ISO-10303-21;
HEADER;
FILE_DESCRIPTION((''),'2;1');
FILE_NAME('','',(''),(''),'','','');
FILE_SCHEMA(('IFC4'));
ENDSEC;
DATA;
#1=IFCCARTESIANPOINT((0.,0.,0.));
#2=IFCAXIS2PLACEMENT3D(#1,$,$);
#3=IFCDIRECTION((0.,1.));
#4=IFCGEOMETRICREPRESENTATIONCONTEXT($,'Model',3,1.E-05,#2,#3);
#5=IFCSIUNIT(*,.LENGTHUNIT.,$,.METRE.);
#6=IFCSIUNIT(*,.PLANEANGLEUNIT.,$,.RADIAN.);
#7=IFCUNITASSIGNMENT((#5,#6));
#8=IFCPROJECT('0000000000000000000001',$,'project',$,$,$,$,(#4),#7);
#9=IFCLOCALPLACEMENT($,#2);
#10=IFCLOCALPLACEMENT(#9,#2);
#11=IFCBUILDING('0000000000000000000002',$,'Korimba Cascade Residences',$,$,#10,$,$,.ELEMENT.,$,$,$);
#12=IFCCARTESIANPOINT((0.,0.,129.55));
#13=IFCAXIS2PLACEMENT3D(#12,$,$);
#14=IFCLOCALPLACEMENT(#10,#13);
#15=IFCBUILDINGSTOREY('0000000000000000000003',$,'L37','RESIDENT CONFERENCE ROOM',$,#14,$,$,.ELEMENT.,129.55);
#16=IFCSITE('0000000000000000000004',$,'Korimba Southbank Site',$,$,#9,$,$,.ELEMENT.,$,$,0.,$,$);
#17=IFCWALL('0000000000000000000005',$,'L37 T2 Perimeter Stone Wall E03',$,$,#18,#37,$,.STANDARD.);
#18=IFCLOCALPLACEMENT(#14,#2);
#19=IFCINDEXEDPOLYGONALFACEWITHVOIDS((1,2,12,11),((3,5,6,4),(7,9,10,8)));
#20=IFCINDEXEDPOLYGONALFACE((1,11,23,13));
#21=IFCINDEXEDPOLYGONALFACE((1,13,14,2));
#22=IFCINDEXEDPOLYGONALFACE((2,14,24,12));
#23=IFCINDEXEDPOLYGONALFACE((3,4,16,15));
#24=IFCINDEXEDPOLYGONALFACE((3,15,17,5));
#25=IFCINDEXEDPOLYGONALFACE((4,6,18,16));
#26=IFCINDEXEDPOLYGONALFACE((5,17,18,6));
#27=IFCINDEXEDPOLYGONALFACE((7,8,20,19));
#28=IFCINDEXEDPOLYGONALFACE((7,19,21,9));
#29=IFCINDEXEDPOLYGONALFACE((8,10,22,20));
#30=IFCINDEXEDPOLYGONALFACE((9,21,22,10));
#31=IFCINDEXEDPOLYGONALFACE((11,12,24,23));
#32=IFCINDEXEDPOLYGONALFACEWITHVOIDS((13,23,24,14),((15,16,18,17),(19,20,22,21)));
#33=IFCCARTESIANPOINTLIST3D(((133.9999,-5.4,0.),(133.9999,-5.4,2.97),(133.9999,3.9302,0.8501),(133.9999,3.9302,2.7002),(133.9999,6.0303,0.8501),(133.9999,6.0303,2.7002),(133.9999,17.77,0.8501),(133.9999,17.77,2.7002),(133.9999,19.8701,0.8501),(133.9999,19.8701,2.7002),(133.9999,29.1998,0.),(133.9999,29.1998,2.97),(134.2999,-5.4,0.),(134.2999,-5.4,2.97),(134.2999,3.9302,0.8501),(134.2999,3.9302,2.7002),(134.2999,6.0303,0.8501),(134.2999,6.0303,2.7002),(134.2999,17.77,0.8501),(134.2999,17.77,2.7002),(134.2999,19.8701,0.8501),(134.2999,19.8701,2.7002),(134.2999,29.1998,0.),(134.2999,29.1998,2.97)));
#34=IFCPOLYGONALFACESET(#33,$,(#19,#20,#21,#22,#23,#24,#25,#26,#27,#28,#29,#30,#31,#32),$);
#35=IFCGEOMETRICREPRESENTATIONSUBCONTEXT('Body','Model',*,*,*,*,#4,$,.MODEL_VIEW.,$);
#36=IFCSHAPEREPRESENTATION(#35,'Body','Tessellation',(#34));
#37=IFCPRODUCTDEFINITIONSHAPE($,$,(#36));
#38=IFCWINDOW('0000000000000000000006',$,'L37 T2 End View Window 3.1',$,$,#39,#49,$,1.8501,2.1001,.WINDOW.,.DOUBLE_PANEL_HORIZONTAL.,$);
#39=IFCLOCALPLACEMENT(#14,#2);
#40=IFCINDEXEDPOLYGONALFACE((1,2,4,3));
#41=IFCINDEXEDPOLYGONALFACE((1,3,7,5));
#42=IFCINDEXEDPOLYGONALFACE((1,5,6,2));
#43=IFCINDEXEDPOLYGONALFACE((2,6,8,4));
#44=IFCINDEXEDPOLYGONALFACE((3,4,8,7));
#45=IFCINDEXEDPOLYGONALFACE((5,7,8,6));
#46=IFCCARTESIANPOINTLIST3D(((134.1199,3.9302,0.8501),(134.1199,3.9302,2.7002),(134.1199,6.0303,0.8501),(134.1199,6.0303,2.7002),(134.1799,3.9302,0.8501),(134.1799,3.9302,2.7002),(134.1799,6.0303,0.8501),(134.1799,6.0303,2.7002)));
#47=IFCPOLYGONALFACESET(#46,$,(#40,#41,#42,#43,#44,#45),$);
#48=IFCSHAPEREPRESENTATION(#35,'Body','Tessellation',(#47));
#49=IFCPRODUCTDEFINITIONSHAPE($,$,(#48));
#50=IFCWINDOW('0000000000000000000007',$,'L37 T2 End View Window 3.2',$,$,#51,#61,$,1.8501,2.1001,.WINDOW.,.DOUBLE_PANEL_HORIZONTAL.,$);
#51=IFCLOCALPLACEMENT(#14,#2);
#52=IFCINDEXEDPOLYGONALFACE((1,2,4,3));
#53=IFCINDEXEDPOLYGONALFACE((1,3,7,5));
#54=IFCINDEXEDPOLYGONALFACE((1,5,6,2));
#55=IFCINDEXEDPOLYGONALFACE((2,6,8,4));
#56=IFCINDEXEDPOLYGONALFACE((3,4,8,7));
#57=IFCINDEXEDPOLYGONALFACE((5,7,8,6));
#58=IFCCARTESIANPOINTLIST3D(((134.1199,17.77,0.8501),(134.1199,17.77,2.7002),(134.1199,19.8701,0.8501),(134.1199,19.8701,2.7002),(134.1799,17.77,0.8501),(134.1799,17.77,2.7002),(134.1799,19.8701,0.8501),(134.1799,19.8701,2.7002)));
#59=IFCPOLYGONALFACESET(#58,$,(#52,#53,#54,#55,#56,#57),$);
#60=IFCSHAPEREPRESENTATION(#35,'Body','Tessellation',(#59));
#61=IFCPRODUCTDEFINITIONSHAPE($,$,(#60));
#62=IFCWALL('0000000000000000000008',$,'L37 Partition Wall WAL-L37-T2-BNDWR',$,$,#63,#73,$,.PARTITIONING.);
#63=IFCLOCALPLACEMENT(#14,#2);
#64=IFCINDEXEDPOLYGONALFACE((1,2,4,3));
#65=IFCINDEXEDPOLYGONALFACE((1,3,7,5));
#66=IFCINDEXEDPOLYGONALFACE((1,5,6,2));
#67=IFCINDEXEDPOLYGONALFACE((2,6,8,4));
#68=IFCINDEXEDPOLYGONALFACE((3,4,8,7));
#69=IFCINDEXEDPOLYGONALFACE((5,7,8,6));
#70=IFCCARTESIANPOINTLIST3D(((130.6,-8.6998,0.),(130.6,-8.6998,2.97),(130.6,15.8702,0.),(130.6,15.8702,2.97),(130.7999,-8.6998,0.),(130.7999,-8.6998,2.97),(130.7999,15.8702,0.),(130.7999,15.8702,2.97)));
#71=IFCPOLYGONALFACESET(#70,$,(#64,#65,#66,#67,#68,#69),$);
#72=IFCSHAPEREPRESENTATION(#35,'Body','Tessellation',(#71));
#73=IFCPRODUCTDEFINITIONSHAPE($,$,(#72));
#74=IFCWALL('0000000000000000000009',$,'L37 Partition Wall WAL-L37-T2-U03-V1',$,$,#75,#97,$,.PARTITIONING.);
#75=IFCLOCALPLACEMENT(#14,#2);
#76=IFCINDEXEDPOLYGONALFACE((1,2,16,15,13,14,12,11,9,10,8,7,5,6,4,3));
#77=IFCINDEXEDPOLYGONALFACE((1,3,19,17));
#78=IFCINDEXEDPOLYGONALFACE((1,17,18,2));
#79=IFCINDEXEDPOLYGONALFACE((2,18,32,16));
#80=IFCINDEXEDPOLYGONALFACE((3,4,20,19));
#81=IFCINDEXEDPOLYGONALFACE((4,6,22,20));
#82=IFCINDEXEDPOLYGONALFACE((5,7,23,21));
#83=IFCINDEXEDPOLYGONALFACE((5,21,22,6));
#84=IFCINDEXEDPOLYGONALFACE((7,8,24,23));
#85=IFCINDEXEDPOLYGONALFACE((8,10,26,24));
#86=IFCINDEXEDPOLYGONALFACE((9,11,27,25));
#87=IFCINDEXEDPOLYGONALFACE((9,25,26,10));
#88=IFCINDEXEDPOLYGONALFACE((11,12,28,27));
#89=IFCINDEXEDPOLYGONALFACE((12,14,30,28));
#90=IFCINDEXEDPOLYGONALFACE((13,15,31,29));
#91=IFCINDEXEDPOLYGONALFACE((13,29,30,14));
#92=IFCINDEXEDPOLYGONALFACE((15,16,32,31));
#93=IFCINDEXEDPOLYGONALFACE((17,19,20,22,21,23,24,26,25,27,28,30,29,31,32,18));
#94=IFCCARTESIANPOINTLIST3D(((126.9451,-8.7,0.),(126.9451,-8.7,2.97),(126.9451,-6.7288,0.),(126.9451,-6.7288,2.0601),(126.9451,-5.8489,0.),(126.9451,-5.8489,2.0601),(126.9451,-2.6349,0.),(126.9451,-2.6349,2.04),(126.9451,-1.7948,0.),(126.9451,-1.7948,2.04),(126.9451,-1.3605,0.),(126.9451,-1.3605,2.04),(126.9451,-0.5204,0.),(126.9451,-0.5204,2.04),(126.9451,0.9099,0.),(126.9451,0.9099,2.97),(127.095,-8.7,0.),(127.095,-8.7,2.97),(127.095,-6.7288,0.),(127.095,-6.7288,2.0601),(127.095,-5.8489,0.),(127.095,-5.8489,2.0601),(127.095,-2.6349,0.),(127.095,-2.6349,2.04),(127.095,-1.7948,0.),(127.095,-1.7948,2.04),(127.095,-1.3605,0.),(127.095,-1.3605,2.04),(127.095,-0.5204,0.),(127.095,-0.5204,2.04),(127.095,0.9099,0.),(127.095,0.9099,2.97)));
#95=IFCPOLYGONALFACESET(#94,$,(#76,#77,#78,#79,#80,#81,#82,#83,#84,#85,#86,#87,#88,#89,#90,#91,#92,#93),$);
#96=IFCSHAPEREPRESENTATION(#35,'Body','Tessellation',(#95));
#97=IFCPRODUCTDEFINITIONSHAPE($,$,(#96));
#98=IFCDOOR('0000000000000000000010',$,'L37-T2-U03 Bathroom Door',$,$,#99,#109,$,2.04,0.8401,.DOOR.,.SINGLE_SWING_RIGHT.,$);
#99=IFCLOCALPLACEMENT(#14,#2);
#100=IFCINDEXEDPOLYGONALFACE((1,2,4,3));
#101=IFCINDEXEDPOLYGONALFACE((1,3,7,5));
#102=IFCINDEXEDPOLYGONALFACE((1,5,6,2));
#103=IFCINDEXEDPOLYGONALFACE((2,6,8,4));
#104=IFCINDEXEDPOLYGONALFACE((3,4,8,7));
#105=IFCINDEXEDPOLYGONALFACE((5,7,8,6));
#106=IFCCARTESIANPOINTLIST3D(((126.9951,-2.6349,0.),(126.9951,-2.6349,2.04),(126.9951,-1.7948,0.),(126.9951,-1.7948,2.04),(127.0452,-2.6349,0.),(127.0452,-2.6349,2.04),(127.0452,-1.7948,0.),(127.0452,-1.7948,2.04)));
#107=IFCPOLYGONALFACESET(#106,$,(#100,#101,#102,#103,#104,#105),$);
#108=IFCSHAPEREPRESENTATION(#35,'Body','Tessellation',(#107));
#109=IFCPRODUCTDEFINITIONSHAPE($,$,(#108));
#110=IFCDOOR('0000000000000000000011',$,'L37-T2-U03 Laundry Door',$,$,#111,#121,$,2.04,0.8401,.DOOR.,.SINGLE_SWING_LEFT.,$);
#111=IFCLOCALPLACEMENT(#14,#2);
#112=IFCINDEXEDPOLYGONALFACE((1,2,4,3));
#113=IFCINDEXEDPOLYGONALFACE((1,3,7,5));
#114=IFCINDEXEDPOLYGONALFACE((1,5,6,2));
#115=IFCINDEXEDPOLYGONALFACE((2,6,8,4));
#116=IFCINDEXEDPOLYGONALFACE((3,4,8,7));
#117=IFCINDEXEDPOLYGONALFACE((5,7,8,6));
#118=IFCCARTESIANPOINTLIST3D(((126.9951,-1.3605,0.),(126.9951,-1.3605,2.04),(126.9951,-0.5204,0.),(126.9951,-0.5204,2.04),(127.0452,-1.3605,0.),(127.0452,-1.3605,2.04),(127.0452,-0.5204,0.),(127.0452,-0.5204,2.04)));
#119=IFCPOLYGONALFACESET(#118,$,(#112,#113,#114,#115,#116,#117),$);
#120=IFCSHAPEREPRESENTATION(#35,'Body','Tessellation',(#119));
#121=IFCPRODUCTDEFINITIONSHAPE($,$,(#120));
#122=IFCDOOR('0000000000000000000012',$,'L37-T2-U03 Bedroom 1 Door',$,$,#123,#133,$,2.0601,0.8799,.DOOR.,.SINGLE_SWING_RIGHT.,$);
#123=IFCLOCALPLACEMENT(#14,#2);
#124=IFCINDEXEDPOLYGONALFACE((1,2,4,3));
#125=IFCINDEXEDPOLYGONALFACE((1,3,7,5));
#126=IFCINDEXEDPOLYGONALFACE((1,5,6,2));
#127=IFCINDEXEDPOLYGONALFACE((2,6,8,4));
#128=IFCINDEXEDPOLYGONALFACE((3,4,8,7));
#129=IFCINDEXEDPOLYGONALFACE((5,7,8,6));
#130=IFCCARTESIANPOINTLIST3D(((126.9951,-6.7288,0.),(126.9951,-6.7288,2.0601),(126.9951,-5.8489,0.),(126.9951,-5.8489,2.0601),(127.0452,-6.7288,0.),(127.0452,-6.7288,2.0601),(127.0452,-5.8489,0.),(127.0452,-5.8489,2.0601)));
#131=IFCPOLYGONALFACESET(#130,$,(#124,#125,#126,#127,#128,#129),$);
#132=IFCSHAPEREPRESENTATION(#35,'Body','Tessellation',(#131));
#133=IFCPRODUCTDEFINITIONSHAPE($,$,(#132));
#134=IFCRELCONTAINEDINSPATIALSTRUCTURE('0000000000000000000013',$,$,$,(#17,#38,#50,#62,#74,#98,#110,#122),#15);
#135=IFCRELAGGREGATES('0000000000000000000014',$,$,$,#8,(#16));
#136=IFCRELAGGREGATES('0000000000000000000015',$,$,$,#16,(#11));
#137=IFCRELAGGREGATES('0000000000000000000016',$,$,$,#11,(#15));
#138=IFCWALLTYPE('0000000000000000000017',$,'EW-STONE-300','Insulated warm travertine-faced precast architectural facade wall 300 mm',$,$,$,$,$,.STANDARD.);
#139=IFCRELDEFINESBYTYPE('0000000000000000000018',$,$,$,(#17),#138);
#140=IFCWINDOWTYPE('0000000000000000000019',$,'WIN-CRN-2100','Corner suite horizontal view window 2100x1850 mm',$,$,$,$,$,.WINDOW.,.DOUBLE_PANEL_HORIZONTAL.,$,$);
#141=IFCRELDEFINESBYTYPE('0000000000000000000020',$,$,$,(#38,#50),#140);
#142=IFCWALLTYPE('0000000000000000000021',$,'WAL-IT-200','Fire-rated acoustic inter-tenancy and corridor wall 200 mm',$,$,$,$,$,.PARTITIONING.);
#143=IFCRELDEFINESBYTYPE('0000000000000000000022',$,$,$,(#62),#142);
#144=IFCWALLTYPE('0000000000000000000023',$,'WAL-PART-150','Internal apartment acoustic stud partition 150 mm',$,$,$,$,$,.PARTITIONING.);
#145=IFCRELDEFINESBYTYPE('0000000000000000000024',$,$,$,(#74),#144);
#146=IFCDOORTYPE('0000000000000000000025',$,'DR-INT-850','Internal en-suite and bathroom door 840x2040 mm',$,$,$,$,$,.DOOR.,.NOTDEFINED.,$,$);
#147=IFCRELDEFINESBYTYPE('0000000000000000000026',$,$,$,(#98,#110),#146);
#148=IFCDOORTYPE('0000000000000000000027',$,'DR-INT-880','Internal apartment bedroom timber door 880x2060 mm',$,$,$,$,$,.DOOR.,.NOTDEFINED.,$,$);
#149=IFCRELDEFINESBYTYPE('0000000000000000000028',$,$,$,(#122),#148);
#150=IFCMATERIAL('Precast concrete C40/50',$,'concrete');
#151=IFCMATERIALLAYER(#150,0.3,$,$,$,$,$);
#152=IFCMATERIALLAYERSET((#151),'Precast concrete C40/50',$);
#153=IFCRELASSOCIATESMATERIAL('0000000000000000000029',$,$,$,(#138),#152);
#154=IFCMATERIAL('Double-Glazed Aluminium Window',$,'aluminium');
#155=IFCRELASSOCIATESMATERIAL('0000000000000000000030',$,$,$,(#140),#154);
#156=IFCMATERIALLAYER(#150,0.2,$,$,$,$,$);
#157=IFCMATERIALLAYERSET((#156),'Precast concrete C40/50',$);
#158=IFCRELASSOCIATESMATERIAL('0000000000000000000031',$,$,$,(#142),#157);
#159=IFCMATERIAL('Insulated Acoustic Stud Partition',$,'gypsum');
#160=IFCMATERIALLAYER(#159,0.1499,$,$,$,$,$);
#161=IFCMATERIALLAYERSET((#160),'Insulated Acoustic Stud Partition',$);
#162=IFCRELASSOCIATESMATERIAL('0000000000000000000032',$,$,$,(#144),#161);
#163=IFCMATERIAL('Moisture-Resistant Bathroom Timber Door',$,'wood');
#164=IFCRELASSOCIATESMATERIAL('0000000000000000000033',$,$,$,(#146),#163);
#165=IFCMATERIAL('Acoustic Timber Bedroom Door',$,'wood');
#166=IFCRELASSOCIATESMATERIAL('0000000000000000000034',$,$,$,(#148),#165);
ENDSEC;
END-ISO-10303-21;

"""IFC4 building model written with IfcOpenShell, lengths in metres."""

from ifc_helpers import new_model, si_unit, direction, frame, frame_2d, origin, place, context, subcontext, project, spatial, rectangle, extrude, material, layer, layer_set, type_object, element, fill, save


model = new_model("IFC4")

# Units and contexts
model_context = context("Model", 3, precision=1e-05, world=origin(), true_north=direction((0.0, 1.0)))
body_context = subcontext(model_context, "Body", "Model", "MODEL_VIEW")
ifc_project = project(units=[si_unit("LENGTHUNIT", "METRE"), si_unit("PLANEANGLEUNIT", "RADIAN")], contexts=[model_context])

# Site, building, storey
site_placement = place(None, origin())
site = spatial("IfcSite", under=ifc_project, at=site_placement, Name="Korimba Southbank Site", CompositionType="ELEMENT", RefElevation=0.0)
building_placement = place(site_placement, origin())
building = spatial("IfcBuilding", under=site, at=building_placement, Name="Korimba Cascade Residences", CompositionType="ELEMENT")
storey_placement = place(building_placement, frame((0.0, 0.0, 129.55)))
storey = spatial("IfcBuildingStorey", under=building, at=storey_placement, Name="L37", Description="RESIDENT CONFERENCE ROOM", CompositionType="ELEMENT", Elevation=129.55)

# Shared definitions
ifc_material_1 = material(Name="Precast concrete C40/50", Category="concrete")
ifc_layer_1 = layer(ifc_material_1, 0.3)
ifc_layer_set_1 = layer_set([ifc_layer_1], Name="Precast concrete C40/50")
wall_type_1 = type_object("IfcWallType", Name="EW-STONE-300", Description="Insulated warm travertine-faced precast architectural facade wall 300 mm", PredefinedType="STANDARD", material=ifc_layer_set_1)

# Wall, openings, windows
wall_1_placement = place(storey_placement, frame((134.1499, -5.3999, 0.0), z_axis=(0.0, 0.0, 1.0), x_axis=(0.0, 1.0, 0.0)))
wall_1 = element("IfcWall", 1, at=wall_1_placement, inside=storey, type_object=wall_type_1, Name="L37 T2 Perimeter Stone Wall E03", PredefinedType="STANDARD", context=body_context, shape_type="SweptSolid", body=[
    extrude(rectangle(XDim=34.5999, YDim=0.3, at=frame_2d((17.2998, 0.0))), origin(), (0.0, 0.0, 1.0), 2.97),
])
opening_1_placement = place(wall_1_placement, frame((9.3301, 0.0, 0.8501)))
opening_1 = element("IfcOpeningElement", 2, at=opening_1_placement, cuts=wall_1, PredefinedType="OPENING", context=body_context, shape_type="SweptSolid", body=[
    extrude(rectangle(XDim=2.1001, YDim=1.8501, at=frame_2d((1.05, 0.925))), frame((0.0, 0.1602, 0.0), z_axis=(0.0, -1.0, 0.0), x_axis=(1.0, 0.0, 0.0)), (0.0, 0.0, 1.0), 0.3201),
])
opening_2_placement = place(wall_1_placement, frame((23.1699, 0.0, 0.8501)))
opening_2 = element("IfcOpeningElement", 3, at=opening_2_placement, cuts=wall_1, PredefinedType="OPENING", context=body_context, shape_type="SweptSolid", body=[
    extrude(rectangle(XDim=2.1001, YDim=1.8501, at=frame_2d((1.05, 0.925))), frame((0.0, 0.1602, 0.0), z_axis=(0.0, -1.0, 0.0), x_axis=(1.0, 0.0, 0.0)), (0.0, 0.0, 1.0), 0.3201),
])
ifc_material_2 = material(Name="Double-Glazed Aluminium Window", Category="aluminium")
window_type = type_object("IfcWindowType", Name="WIN-CRN-2100", Description="Corner suite horizontal view window 2100x1850 mm", PartitioningType="DOUBLE_PANEL_HORIZONTAL", PredefinedType="WINDOW", material=ifc_material_2)
window_1_placement = place(opening_1_placement, origin())
window_1 = element("IfcWindow", 4, at=window_1_placement, inside=storey, type_object=window_type, Name="L37 T2 End View Window 3.1", OverallHeight=1.8501, OverallWidth=2.1001, PartitioningType="DOUBLE_PANEL_HORIZONTAL", PredefinedType="WINDOW", context=body_context, shape_type="SweptSolid", body=[
    extrude(rectangle(XDim=2.1001, YDim=1.8501, at=frame_2d((1.05, 0.925))), frame((0.0, 0.03, 0.0), z_axis=(0.0, -1.0, 0.0), x_axis=(1.0, 0.0, 0.0)), (0.0, 0.0, 1.0), 0.0601),
])
fill(opening_1, window_1)
window_2_placement = place(opening_2_placement, origin())
window_2 = element("IfcWindow", 5, at=window_2_placement, inside=storey, type_object=window_type, Name="L37 T2 End View Window 3.2", OverallHeight=1.8501, OverallWidth=2.1001, PartitioningType="DOUBLE_PANEL_HORIZONTAL", PredefinedType="WINDOW", context=body_context, shape_type="SweptSolid", body=[
    extrude(rectangle(XDim=2.1001, YDim=1.8501, at=frame_2d((1.05, 0.925))), frame((0.0, 0.03, 0.0), z_axis=(0.0, -1.0, 0.0), x_axis=(1.0, 0.0, 0.0)), (0.0, 0.0, 1.0), 0.0601),
])
fill(opening_2, window_2)

# Wall
ifc_layer_2 = layer(ifc_material_1, 0.2)
ifc_layer_set_2 = layer_set([ifc_layer_2], Name="Precast concrete C40/50")
wall_type_2 = type_object("IfcWallType", Name="WAL-IT-200", Description="Fire-rated acoustic inter-tenancy and corridor wall 200 mm", PredefinedType="PARTITIONING", material=ifc_layer_set_2)
wall_2_placement = place(storey_placement, frame((130.7, -8.7, 0.0), z_axis=(0.0, 0.0, 1.0), x_axis=(0.0, 1.0, 0.0)))
element("IfcWall", 6, at=wall_2_placement, inside=storey, type_object=wall_type_2, Name="L37 Partition Wall WAL-L37-T2-BNDWR", PredefinedType="PARTITIONING", context=body_context, shape_type="SweptSolid", body=[
    extrude(rectangle(XDim=24.5701, YDim=0.2, at=frame_2d((12.2852, 0.0))), origin(), (0.0, 0.0, 1.0), 2.97),
])

# Wall, openings, doors
ifc_material_3 = material(Name="Insulated Acoustic Stud Partition", Category="gypsum")
ifc_layer_3 = layer(ifc_material_3, 0.1499)
ifc_layer_set_3 = layer_set([ifc_layer_3], Name="Insulated Acoustic Stud Partition")
wall_type_3 = type_object("IfcWallType", Name="WAL-PART-150", Description="Internal apartment acoustic stud partition 150 mm", PredefinedType="PARTITIONING", material=ifc_layer_set_3)
wall_3_placement = place(storey_placement, frame((127.02, -8.7, 0.0), z_axis=(0.0, 0.0, 1.0), x_axis=(0.0, 1.0, 0.0)))
wall_3 = element("IfcWall", 7, at=wall_3_placement, inside=storey, type_object=wall_type_3, Name="L37 Partition Wall WAL-L37-T2-U03-V1", PredefinedType="PARTITIONING", context=body_context, shape_type="SweptSolid", body=[
    extrude(rectangle(XDim=9.6099, YDim=0.1499, at=frame_2d((4.8049, 0.0))), origin(), (0.0, 0.0, 1.0), 2.97),
])
opening_3_placement = place(wall_3_placement, frame((6.0652, 0.0, 0.0)))
opening_3 = element("IfcOpeningElement", 8, at=opening_3_placement, cuts=wall_3, PredefinedType="OPENING", context=body_context, shape_type="SweptSolid", body=[
    extrude(rectangle(XDim=0.8401, YDim=2.04, at=frame_2d((0.4199, 1.02))), frame((0.0, 0.085, 0.0), z_axis=(0.0, -1.0, 0.0), x_axis=(1.0, 0.0, 0.0)), (0.0, 0.0, 1.0), 0.1699),
])
opening_4_placement = place(wall_3_placement, frame((7.3396, 0.0, 0.0)))
opening_4 = element("IfcOpeningElement", 9, at=opening_4_placement, cuts=wall_3, PredefinedType="OPENING", context=body_context, shape_type="SweptSolid", body=[
    extrude(rectangle(XDim=0.8401, YDim=2.04, at=frame_2d((0.4199, 1.02))), frame((0.0, 0.085, 0.0), z_axis=(0.0, -1.0, 0.0), x_axis=(1.0, 0.0, 0.0)), (0.0, 0.0, 1.0), 0.1699),
])
opening_5_placement = place(wall_3_placement, frame((1.9712, 0.0, 0.0)))
opening_5 = element("IfcOpeningElement", 10, at=opening_5_placement, cuts=wall_3, PredefinedType="OPENING", context=body_context, shape_type="SweptSolid", body=[
    extrude(rectangle(XDim=0.8799, YDim=2.0601, at=frame_2d((0.4399, 1.03))), frame((0.0, 0.085, 0.0), z_axis=(0.0, -1.0, 0.0), x_axis=(1.0, 0.0, 0.0)), (0.0, 0.0, 1.0), 0.1699),
])
ifc_material_4 = material(Name="Moisture-Resistant Bathroom Timber Door", Category="wood")
door_type_1 = type_object("IfcDoorType", Name="DR-INT-850", Description="Internal en-suite and bathroom door 840x2040 mm", OperationType="NOTDEFINED", PredefinedType="DOOR", material=ifc_material_4)
door_1_placement = place(opening_3_placement, origin())
door_1 = element("IfcDoor", 11, at=door_1_placement, inside=storey, type_object=door_type_1, Name="L37-T2-U03 Bathroom Door", OperationType="SINGLE_SWING_RIGHT", OverallHeight=2.04, OverallWidth=0.8401, PredefinedType="DOOR", context=body_context, shape_type="SweptSolid", body=[
    extrude(rectangle(XDim=0.8401, YDim=2.04, at=frame_2d((0.4199, 1.02))), frame((0.0, 0.0249, 0.0), z_axis=(0.0, -1.0, 0.0), x_axis=(1.0, 0.0, 0.0)), (0.0, 0.0, 1.0), 0.05),
])
fill(opening_3, door_1)
door_2_placement = place(opening_4_placement, origin())
door_2 = element("IfcDoor", 12, at=door_2_placement, inside=storey, type_object=door_type_1, Name="L37-T2-U03 Laundry Door", OperationType="SINGLE_SWING_LEFT", OverallHeight=2.04, OverallWidth=0.8401, PredefinedType="DOOR", context=body_context, shape_type="SweptSolid", body=[
    extrude(rectangle(XDim=0.8401, YDim=2.04, at=frame_2d((0.4199, 1.02))), frame((0.0, 0.0249, 0.0), z_axis=(0.0, -1.0, 0.0), x_axis=(1.0, 0.0, 0.0)), (0.0, 0.0, 1.0), 0.05),
])
fill(opening_4, door_2)
ifc_material_5 = material(Name="Acoustic Timber Bedroom Door", Category="wood")
door_type_2 = type_object("IfcDoorType", Name="DR-INT-880", Description="Internal apartment bedroom timber door 880x2060 mm", OperationType="NOTDEFINED", PredefinedType="DOOR", material=ifc_material_5)
door_3_placement = place(opening_5_placement, origin())
door_3 = element("IfcDoor", 13, at=door_3_placement, inside=storey, type_object=door_type_2, Name="L37-T2-U03 Bedroom 1 Door", OperationType="SINGLE_SWING_RIGHT", OverallHeight=2.0601, OverallWidth=0.8799, PredefinedType="DOOR", context=body_context, shape_type="SweptSolid", body=[
    extrude(rectangle(XDim=0.8799, YDim=2.0601, at=frame_2d((0.4399, 1.03))), frame((0.0, 0.0249, 0.0), z_axis=(0.0, -1.0, 0.0), x_axis=(1.0, 0.0, 0.0)), (0.0, 0.0, 1.0), 0.05),
])
fill(opening_5, door_3)

save(model, "model.ifc")
